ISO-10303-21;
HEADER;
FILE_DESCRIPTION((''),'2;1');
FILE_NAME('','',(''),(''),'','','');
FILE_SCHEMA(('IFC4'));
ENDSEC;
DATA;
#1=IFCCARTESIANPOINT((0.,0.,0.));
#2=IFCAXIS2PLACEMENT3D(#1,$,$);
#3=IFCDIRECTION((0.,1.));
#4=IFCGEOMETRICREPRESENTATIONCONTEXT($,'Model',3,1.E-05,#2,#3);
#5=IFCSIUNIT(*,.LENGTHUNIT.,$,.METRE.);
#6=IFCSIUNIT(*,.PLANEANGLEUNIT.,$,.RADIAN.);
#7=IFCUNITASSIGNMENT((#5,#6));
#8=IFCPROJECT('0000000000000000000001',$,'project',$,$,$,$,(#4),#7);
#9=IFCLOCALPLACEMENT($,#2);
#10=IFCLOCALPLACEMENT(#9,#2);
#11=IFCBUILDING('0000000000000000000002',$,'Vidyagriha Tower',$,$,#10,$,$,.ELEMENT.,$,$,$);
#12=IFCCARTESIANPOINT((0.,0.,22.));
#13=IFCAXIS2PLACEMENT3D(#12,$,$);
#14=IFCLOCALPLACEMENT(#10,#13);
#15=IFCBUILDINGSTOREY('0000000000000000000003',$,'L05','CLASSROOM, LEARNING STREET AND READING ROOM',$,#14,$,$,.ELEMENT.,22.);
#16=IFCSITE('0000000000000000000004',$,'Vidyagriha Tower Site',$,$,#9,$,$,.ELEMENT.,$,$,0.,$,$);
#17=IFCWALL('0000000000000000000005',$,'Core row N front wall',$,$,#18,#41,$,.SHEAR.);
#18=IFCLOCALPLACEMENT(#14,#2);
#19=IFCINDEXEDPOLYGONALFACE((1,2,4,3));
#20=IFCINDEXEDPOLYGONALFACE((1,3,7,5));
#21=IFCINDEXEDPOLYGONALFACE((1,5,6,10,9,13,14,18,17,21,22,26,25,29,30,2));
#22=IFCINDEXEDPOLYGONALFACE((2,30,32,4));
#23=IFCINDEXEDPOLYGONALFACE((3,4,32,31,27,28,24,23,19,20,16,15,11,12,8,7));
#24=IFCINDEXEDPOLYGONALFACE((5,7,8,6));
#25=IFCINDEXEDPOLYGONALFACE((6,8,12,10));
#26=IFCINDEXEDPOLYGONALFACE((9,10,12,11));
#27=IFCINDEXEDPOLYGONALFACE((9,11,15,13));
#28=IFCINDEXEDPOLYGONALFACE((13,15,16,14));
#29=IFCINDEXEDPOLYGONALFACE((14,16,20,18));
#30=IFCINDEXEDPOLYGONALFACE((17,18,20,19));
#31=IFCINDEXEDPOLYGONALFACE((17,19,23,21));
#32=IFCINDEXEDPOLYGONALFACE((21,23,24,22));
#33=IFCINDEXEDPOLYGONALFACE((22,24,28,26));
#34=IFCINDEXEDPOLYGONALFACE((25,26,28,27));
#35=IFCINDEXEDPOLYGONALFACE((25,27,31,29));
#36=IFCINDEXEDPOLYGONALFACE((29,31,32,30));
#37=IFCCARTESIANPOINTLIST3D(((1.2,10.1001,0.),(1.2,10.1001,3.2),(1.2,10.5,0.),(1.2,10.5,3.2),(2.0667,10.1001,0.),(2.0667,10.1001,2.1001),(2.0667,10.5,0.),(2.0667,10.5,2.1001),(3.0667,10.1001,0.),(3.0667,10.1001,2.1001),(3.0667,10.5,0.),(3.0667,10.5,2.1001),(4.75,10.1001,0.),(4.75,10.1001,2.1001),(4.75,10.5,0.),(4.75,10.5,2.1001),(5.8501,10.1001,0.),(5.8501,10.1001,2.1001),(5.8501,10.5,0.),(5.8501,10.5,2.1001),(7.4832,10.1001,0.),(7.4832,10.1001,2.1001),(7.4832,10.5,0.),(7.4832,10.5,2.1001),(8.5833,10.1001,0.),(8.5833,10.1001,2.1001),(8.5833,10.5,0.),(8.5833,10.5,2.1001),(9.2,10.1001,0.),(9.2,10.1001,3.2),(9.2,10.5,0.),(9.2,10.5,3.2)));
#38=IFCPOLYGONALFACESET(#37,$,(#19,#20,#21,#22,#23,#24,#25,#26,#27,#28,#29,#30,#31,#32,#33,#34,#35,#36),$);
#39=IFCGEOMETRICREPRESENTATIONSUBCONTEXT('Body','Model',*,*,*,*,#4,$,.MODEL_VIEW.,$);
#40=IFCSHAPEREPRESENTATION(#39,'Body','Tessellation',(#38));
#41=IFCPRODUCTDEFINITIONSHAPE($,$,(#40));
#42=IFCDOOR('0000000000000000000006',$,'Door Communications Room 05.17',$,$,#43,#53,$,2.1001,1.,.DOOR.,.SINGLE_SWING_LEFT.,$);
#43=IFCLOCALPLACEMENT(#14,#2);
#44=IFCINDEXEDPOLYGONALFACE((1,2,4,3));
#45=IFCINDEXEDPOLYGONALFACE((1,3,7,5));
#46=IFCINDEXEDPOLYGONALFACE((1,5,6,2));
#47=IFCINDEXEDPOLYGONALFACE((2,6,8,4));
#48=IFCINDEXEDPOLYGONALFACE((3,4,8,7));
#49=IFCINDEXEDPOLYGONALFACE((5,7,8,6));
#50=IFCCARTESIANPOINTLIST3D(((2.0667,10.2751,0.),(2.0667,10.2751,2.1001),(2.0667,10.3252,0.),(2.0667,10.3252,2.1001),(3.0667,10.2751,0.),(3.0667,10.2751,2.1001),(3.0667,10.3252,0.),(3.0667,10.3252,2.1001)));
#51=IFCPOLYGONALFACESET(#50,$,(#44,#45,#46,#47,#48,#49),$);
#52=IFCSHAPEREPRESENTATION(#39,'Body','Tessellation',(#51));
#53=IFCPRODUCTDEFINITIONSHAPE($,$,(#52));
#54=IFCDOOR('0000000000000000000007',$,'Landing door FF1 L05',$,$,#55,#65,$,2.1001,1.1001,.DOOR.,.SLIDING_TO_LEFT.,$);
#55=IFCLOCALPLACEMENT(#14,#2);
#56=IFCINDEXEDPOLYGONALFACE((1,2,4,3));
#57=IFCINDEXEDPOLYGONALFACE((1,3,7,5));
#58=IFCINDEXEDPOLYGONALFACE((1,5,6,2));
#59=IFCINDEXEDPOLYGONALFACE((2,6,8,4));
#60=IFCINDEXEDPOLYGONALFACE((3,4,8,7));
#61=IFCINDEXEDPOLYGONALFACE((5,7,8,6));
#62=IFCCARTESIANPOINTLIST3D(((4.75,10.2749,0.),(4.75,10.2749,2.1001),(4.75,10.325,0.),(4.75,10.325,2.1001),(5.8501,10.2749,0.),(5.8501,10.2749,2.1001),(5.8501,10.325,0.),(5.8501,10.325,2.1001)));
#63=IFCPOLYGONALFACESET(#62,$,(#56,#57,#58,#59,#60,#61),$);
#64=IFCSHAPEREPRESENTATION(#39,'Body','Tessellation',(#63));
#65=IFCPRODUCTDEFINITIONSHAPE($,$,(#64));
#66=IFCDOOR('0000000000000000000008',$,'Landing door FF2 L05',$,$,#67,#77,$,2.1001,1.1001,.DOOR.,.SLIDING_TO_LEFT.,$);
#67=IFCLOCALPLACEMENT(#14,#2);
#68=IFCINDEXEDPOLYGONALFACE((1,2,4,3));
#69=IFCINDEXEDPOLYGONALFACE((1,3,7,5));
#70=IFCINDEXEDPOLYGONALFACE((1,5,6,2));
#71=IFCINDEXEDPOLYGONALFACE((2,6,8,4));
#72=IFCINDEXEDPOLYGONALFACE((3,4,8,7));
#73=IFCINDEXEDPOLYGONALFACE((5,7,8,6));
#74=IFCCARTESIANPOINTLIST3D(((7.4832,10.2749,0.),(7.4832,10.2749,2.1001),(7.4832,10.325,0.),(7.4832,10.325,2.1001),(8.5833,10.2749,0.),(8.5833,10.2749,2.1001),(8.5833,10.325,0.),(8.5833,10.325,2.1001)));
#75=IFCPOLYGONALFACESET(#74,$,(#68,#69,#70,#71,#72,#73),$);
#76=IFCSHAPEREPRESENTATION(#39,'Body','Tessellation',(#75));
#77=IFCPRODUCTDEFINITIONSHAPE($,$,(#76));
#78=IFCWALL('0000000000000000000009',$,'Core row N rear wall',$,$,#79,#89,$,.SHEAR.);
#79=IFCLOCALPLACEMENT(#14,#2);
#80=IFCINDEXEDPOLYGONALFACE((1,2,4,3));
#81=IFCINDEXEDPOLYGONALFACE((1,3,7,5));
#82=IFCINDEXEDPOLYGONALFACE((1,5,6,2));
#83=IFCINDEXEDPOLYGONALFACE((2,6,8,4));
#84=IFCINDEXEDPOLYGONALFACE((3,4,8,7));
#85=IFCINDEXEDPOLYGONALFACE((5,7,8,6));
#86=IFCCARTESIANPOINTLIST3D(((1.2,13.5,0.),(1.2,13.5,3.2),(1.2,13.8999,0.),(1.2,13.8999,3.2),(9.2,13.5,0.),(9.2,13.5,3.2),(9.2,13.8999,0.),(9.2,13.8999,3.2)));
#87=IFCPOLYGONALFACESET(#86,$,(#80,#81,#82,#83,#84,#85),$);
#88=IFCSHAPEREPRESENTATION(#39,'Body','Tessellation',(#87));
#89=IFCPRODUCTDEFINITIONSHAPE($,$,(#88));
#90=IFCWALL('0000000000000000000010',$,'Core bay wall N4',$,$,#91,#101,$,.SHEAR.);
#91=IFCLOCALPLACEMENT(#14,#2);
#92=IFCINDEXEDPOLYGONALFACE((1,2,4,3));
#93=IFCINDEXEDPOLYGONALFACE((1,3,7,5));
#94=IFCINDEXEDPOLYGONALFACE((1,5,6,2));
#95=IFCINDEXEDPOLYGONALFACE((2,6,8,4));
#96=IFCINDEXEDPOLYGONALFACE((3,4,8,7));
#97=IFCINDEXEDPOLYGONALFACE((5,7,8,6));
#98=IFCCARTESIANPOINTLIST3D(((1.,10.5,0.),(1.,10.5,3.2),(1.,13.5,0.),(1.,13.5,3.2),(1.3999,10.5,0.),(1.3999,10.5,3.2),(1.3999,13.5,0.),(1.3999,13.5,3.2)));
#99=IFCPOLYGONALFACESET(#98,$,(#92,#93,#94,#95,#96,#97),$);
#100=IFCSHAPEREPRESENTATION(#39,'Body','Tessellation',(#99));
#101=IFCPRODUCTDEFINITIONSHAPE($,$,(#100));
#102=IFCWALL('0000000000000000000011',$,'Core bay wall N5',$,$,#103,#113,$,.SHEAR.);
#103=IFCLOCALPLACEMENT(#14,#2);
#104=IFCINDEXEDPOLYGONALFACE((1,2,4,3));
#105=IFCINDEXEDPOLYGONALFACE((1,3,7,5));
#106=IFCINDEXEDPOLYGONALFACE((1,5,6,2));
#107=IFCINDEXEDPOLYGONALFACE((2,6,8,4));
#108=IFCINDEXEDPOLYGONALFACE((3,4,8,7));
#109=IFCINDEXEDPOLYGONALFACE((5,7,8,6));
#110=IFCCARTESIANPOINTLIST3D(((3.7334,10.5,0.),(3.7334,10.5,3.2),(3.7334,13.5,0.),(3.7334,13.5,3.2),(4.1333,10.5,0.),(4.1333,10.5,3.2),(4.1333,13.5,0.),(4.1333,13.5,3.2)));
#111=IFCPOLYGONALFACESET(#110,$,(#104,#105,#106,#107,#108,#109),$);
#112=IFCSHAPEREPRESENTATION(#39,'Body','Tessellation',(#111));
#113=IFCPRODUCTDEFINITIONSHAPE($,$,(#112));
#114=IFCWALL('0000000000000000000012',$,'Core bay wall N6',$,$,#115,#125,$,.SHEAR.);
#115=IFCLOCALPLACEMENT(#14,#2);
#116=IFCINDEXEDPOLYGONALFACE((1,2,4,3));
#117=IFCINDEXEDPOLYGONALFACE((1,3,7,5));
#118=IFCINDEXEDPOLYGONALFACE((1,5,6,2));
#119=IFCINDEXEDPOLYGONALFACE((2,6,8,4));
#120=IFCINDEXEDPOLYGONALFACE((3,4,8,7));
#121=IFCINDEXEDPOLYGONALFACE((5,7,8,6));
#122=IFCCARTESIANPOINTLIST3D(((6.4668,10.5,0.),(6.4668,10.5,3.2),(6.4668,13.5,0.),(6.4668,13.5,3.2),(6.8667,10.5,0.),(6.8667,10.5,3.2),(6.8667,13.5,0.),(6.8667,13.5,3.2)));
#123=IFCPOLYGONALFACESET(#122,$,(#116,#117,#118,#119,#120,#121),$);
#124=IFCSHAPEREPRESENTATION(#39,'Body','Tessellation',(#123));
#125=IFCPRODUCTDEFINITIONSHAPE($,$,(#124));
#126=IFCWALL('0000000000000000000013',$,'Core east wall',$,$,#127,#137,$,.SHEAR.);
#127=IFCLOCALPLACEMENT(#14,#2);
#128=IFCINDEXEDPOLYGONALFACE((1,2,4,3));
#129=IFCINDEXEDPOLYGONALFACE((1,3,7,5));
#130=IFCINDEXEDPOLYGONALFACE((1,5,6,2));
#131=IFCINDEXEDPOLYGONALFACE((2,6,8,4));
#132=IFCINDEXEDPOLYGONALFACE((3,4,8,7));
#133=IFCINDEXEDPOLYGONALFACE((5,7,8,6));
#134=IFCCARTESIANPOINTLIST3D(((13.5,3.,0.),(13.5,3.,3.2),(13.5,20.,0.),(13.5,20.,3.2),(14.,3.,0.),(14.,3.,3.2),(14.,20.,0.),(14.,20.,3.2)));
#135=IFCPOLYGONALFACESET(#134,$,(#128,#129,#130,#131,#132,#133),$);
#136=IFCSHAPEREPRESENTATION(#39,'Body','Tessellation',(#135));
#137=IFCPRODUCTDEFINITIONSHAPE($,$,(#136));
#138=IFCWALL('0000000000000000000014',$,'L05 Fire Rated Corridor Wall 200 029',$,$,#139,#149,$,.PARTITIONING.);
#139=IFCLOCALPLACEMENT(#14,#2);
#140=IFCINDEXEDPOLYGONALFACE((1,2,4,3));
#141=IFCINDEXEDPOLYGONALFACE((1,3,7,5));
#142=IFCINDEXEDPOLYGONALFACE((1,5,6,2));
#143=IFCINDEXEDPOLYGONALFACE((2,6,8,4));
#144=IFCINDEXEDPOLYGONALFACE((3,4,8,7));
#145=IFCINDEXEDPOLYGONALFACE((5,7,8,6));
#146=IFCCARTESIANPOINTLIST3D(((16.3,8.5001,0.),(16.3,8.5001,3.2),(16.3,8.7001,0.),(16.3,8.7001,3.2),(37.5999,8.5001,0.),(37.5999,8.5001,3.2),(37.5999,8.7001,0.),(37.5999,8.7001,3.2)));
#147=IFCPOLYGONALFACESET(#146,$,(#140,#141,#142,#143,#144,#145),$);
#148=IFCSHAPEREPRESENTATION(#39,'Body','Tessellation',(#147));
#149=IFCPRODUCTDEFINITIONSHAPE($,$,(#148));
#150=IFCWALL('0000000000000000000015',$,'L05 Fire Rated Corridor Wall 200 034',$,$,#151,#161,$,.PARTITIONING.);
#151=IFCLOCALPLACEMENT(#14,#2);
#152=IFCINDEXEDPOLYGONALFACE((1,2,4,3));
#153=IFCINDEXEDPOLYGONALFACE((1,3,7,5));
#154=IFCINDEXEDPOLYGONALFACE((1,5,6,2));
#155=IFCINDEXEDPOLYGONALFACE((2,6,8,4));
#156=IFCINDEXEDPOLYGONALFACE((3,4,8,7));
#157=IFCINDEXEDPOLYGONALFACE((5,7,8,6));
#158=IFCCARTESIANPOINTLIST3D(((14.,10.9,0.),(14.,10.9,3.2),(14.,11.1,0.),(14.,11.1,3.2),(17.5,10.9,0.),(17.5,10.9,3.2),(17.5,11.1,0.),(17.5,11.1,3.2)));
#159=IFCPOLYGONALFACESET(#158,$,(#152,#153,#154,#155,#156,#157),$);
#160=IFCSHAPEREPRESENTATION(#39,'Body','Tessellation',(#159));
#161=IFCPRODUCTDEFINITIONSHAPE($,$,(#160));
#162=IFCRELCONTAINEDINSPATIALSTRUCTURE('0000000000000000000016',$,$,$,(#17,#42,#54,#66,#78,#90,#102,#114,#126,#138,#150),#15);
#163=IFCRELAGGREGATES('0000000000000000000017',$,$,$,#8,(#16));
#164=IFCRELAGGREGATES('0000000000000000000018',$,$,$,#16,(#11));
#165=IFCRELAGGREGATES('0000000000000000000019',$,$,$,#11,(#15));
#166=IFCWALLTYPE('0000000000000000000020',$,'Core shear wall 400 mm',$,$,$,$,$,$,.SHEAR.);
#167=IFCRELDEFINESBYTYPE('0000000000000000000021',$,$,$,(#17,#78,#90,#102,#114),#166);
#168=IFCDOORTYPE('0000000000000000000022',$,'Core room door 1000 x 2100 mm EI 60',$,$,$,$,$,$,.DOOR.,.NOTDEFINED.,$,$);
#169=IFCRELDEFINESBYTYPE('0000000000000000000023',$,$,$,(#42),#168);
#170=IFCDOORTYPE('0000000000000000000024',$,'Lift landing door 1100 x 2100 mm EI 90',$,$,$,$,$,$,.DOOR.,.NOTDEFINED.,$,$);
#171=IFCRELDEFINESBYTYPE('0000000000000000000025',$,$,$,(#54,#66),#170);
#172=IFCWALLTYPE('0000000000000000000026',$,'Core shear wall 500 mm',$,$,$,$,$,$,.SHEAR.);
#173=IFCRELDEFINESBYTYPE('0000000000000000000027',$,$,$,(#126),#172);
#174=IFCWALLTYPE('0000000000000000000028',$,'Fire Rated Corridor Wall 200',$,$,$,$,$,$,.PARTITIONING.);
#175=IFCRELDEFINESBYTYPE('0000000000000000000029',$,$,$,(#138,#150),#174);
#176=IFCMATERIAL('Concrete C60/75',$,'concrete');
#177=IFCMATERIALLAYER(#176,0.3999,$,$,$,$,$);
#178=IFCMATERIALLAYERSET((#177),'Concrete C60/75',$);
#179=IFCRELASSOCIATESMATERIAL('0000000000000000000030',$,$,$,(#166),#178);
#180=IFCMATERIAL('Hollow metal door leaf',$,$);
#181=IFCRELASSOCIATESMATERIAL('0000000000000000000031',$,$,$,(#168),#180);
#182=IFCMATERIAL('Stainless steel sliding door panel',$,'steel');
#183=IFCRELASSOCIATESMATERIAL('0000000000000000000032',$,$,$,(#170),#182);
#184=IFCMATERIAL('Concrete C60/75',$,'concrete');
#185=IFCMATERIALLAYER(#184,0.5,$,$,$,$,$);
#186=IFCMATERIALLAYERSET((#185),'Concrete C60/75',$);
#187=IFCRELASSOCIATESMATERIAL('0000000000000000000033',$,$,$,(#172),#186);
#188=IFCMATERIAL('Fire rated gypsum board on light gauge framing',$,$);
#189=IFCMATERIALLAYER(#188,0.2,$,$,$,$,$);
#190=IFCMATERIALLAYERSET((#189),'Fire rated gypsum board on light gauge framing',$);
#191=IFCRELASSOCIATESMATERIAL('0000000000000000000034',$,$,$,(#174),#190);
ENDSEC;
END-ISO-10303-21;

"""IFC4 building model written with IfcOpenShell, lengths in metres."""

from ifc_helpers import new_model, si_unit, direction, frame, frame_2d, origin, place, context, subcontext, project, spatial, rectangle, extrude, material, layer, layer_set, type_object, element, fill, save


model = new_model("IFC4")

# Units and contexts
model_context = context("Model", 3, precision=1e-05, world=origin(), true_north=direction((0.0, 1.0)))
body_context = subcontext(model_context, "Body", "Model", "MODEL_VIEW")
ifc_project = project(units=[si_unit("LENGTHUNIT", "METRE"), si_unit("PLANEANGLEUNIT", "RADIAN")], contexts=[model_context])

# Site, building, storey
site_placement = place(None, origin())
site = spatial("IfcSite", under=ifc_project, at=site_placement, Name="Vidyagriha Tower Site", CompositionType="ELEMENT", RefElevation=0.0)
building_placement = place(site_placement, origin())
building = spatial("IfcBuilding", under=site, at=building_placement, Name="Vidyagriha Tower", CompositionType="ELEMENT")
storey_placement = place(building_placement, frame((0.0, 0.0, 22.0)))
storey = spatial("IfcBuildingStorey", under=building, at=storey_placement, Name="L05", Description="CLASSROOM, LEARNING STREET AND READING ROOM", CompositionType="ELEMENT", Elevation=22.0)

# Shared definitions
ifc_material_1 = material(Name="Concrete C60/75", Category="concrete")
ifc_layer_1 = layer(ifc_material_1, 0.3999)
ifc_layer_set_1 = layer_set([ifc_layer_1], Name="Concrete C60/75")
wall_type_1 = type_object("IfcWallType", Name="Core shear wall 400 mm", PredefinedType="SHEAR", material=ifc_layer_set_1)
ifc_material_2 = material(Name="Hollow metal door leaf")
door_type_1 = type_object("IfcDoorType", Name="Core room door 1000 x 2100 mm EI 60", OperationType="NOTDEFINED", PredefinedType="DOOR", material=ifc_material_2)

# Wall, openings, doors
wall_1_placement = place(storey_placement, frame((1.2, 10.3, 0.0)))
wall_1 = element("IfcWall", 1, at=wall_1_placement, inside=storey, type_object=wall_type_1, Name="Core row N front wall", PredefinedType="SHEAR", context=body_context, shape_type="SweptSolid", body=[
    extrude(rectangle(XDim=8.0, YDim=0.3999, at=frame_2d((4.0, 0.0))), origin(), (0.0, 0.0, 1.0), 3.2),
])
opening_1_placement = place(wall_1_placement, frame((3.55, 0.0, 0.0)))
opening_1 = element("IfcOpeningElement", 2, at=opening_1_placement, cuts=wall_1, PredefinedType="OPENING", context=body_context, shape_type="SweptSolid", body=[
    extrude(rectangle(XDim=1.1001, YDim=2.1001, at=frame_2d((0.55, 1.05))), frame((0.0, 0.21, 0.0), z_axis=(0.0, -1.0, 0.0), x_axis=(1.0, 0.0, 0.0)), (0.0, 0.0, 1.0), 0.4199),
])
opening_2_placement = place(wall_1_placement, frame((6.2832, 0.0, 0.0)))
opening_2 = element("IfcOpeningElement", 3, at=opening_2_placement, cuts=wall_1, PredefinedType="OPENING", context=body_context, shape_type="SweptSolid", body=[
    extrude(rectangle(XDim=1.1001, YDim=2.1001, at=frame_2d((0.55, 1.05))), frame((0.0, 0.21, 0.0), z_axis=(0.0, -1.0, 0.0), x_axis=(1.0, 0.0, 0.0)), (0.0, 0.0, 1.0), 0.4199),
])
opening_3_placement = place(wall_1_placement, frame((0.8667, 0.0, 0.0)))
opening_3 = element("IfcOpeningElement", 4, at=opening_3_placement, cuts=wall_1, PredefinedType="OPENING", context=body_context, shape_type="SweptSolid", body=[
    extrude(rectangle(XDim=1.0, YDim=2.1001, at=frame_2d((0.5, 1.05))), frame((0.0, 0.21, 0.0), z_axis=(0.0, -1.0, 0.0), x_axis=(1.0, 0.0, 0.0)), (0.0, 0.0, 1.0), 0.4199),
])
door_1_placement = place(opening_3_placement, frame((1.0, 0.0, 0.0), z_axis=(0.0, 0.0, 1.0), x_axis=(-1.0, 0.0, 0.0)))
door_1 = element("IfcDoor", 5, at=door_1_placement, inside=storey, type_object=door_type_1, Name="Door Communications Room 05.17", OperationType="SINGLE_SWING_LEFT", OverallHeight=2.1001, OverallWidth=1.0, PredefinedType="DOOR", context=body_context, shape_type="SweptSolid", body=[
    extrude(rectangle(XDim=1.0, YDim=2.1001, at=frame_2d((0.5, 1.05))), frame((0.0, 0.0249, 0.0), z_axis=(0.0, -1.0, 0.0), x_axis=(1.0, 0.0, 0.0)), (0.0, 0.0, 1.0), 0.05),
])
fill(opening_3, door_1)
ifc_material_3 = material(Name="Stainless steel sliding door panel", Category="steel")
door_type_2 = type_object("IfcDoorType", Name="Lift landing door 1100 x 2100 mm EI 90", OperationType="NOTDEFINED", PredefinedType="DOOR", material=ifc_material_3)
door_2_placement = place(opening_1_placement, origin())
door_2 = element("IfcDoor", 6, at=door_2_placement, inside=storey, type_object=door_type_2, Name="Landing door FF1 L05", OperationType="SLIDING_TO_LEFT", OverallHeight=2.1001, OverallWidth=1.1001, PredefinedType="DOOR", context=body_context, shape_type="SweptSolid", body=[
    extrude(rectangle(XDim=1.1001, YDim=2.1001, at=frame_2d((0.55, 1.05))), frame((0.0, 0.0249, 0.0), z_axis=(0.0, -1.0, 0.0), x_axis=(1.0, 0.0, 0.0)), (0.0, 0.0, 1.0), 0.05),
])
fill(opening_1, door_2)
door_3_placement = place(opening_2_placement, origin())
door_3 = element("IfcDoor", 7, at=door_3_placement, inside=storey, type_object=door_type_2, Name="Landing door FF2 L05", OperationType="SLIDING_TO_LEFT", OverallHeight=2.1001, OverallWidth=1.1001, PredefinedType="DOOR", context=body_context, shape_type="SweptSolid", body=[
    extrude(rectangle(XDim=1.1001, YDim=2.1001, at=frame_2d((0.55, 1.05))), frame((0.0, 0.0249, 0.0), z_axis=(0.0, -1.0, 0.0), x_axis=(1.0, 0.0, 0.0)), (0.0, 0.0, 1.0), 0.05),
])
fill(opening_2, door_3)

# Walls
wall_2_placement = place(storey_placement, frame((1.2, 13.7, 0.0)))
element("IfcWall", 8, at=wall_2_placement, inside=storey, type_object=wall_type_1, Name="Core row N rear wall", PredefinedType="SHEAR", context=body_context, shape_type="SweptSolid", body=[
    extrude(rectangle(XDim=8.0, YDim=0.3999, at=frame_2d((4.0, 0.0))), origin(), (0.0, 0.0, 1.0), 3.2),
])
for number, where, z_axis, x_axis, name in (
    (9, (1.2, 10.5, 0.0), (0.0, 0.0, 1.0), (0.0, 1.0, 0.0), "Core bay wall N4"),
    (10, (3.9333, 10.5, 0.0), (0.0, 0.0, 1.0), (0.0, 1.0, 0.0), "Core bay wall N5"),
    (11, (6.6667, 10.5, 0.0), (0.0, 0.0, 1.0), (0.0, 1.0, 0.0), "Core bay wall N6"),
):
    element("IfcWall", number, at=place(storey_placement, frame(where, z_axis=z_axis, x_axis=x_axis)), inside=storey, type_object=wall_type_1, Name=name, PredefinedType="SHEAR", context=body_context, shape_type="SweptSolid", body=[
        extrude(rectangle(XDim=3.0, YDim=0.3999, at=frame_2d((1.5, 0.0))), origin(), (0.0, 0.0, 1.0), 3.2),
    ])
ifc_material_4 = material(Name="Concrete C60/75", Category="concrete")
ifc_layer_2 = layer(ifc_material_4, 0.5)
ifc_layer_set_2 = layer_set([ifc_layer_2], Name="Concrete C60/75")
wall_type_2 = type_object("IfcWallType", Name="Core shear wall 500 mm", PredefinedType="SHEAR", material=ifc_layer_set_2)
wall_3_placement = place(storey_placement, frame((13.75, 3.0, 0.0), z_axis=(0.0, 0.0, 1.0), x_axis=(0.0, 1.0, 0.0)))
element("IfcWall", 12, at=wall_3_placement, inside=storey, type_object=wall_type_2, Name="Core east wall", PredefinedType="SHEAR", context=body_context, shape_type="SweptSolid", body=[
    extrude(rectangle(XDim=17.0, YDim=0.5, at=frame_2d((8.5, 0.0))), origin(), (0.0, 0.0, 1.0), 3.2),
])
ifc_material_5 = material(Name="Fire rated gypsum board on light gauge framing")
ifc_layer_3 = layer(ifc_material_5, 0.2)
ifc_layer_set_3 = layer_set([ifc_layer_3], Name="Fire rated gypsum board on light gauge framing")
wall_type_3 = type_object("IfcWallType", Name="Fire Rated Corridor Wall 200", PredefinedType="PARTITIONING", material=ifc_layer_set_3)
wall_4_placement = place(storey_placement, frame((16.3, 8.6001, 0.0)))
element("IfcWall", 13, at=wall_4_placement, inside=storey, type_object=wall_type_3, Name="L05 Fire Rated Corridor Wall 200 029", PredefinedType="PARTITIONING", context=body_context, shape_type="SweptSolid", body=[
    extrude(rectangle(XDim=21.2998, YDim=0.2, at=frame_2d((10.6499, 0.0))), origin(), (0.0, 0.0, 1.0), 3.2),
])
wall_5_placement = place(storey_placement, frame((14.0, 11.0, 0.0)))
element("IfcWall", 14, at=wall_5_placement, inside=storey, type_object=wall_type_3, Name="L05 Fire Rated Corridor Wall 200 034", PredefinedType="PARTITIONING", context=body_context, shape_type="SweptSolid", body=[
    extrude(rectangle(XDim=3.5, YDim=0.2, at=frame_2d((1.75, 0.0))), origin(), (0.0, 0.0, 1.0), 3.2),
])

save(model, "model.ifc")
